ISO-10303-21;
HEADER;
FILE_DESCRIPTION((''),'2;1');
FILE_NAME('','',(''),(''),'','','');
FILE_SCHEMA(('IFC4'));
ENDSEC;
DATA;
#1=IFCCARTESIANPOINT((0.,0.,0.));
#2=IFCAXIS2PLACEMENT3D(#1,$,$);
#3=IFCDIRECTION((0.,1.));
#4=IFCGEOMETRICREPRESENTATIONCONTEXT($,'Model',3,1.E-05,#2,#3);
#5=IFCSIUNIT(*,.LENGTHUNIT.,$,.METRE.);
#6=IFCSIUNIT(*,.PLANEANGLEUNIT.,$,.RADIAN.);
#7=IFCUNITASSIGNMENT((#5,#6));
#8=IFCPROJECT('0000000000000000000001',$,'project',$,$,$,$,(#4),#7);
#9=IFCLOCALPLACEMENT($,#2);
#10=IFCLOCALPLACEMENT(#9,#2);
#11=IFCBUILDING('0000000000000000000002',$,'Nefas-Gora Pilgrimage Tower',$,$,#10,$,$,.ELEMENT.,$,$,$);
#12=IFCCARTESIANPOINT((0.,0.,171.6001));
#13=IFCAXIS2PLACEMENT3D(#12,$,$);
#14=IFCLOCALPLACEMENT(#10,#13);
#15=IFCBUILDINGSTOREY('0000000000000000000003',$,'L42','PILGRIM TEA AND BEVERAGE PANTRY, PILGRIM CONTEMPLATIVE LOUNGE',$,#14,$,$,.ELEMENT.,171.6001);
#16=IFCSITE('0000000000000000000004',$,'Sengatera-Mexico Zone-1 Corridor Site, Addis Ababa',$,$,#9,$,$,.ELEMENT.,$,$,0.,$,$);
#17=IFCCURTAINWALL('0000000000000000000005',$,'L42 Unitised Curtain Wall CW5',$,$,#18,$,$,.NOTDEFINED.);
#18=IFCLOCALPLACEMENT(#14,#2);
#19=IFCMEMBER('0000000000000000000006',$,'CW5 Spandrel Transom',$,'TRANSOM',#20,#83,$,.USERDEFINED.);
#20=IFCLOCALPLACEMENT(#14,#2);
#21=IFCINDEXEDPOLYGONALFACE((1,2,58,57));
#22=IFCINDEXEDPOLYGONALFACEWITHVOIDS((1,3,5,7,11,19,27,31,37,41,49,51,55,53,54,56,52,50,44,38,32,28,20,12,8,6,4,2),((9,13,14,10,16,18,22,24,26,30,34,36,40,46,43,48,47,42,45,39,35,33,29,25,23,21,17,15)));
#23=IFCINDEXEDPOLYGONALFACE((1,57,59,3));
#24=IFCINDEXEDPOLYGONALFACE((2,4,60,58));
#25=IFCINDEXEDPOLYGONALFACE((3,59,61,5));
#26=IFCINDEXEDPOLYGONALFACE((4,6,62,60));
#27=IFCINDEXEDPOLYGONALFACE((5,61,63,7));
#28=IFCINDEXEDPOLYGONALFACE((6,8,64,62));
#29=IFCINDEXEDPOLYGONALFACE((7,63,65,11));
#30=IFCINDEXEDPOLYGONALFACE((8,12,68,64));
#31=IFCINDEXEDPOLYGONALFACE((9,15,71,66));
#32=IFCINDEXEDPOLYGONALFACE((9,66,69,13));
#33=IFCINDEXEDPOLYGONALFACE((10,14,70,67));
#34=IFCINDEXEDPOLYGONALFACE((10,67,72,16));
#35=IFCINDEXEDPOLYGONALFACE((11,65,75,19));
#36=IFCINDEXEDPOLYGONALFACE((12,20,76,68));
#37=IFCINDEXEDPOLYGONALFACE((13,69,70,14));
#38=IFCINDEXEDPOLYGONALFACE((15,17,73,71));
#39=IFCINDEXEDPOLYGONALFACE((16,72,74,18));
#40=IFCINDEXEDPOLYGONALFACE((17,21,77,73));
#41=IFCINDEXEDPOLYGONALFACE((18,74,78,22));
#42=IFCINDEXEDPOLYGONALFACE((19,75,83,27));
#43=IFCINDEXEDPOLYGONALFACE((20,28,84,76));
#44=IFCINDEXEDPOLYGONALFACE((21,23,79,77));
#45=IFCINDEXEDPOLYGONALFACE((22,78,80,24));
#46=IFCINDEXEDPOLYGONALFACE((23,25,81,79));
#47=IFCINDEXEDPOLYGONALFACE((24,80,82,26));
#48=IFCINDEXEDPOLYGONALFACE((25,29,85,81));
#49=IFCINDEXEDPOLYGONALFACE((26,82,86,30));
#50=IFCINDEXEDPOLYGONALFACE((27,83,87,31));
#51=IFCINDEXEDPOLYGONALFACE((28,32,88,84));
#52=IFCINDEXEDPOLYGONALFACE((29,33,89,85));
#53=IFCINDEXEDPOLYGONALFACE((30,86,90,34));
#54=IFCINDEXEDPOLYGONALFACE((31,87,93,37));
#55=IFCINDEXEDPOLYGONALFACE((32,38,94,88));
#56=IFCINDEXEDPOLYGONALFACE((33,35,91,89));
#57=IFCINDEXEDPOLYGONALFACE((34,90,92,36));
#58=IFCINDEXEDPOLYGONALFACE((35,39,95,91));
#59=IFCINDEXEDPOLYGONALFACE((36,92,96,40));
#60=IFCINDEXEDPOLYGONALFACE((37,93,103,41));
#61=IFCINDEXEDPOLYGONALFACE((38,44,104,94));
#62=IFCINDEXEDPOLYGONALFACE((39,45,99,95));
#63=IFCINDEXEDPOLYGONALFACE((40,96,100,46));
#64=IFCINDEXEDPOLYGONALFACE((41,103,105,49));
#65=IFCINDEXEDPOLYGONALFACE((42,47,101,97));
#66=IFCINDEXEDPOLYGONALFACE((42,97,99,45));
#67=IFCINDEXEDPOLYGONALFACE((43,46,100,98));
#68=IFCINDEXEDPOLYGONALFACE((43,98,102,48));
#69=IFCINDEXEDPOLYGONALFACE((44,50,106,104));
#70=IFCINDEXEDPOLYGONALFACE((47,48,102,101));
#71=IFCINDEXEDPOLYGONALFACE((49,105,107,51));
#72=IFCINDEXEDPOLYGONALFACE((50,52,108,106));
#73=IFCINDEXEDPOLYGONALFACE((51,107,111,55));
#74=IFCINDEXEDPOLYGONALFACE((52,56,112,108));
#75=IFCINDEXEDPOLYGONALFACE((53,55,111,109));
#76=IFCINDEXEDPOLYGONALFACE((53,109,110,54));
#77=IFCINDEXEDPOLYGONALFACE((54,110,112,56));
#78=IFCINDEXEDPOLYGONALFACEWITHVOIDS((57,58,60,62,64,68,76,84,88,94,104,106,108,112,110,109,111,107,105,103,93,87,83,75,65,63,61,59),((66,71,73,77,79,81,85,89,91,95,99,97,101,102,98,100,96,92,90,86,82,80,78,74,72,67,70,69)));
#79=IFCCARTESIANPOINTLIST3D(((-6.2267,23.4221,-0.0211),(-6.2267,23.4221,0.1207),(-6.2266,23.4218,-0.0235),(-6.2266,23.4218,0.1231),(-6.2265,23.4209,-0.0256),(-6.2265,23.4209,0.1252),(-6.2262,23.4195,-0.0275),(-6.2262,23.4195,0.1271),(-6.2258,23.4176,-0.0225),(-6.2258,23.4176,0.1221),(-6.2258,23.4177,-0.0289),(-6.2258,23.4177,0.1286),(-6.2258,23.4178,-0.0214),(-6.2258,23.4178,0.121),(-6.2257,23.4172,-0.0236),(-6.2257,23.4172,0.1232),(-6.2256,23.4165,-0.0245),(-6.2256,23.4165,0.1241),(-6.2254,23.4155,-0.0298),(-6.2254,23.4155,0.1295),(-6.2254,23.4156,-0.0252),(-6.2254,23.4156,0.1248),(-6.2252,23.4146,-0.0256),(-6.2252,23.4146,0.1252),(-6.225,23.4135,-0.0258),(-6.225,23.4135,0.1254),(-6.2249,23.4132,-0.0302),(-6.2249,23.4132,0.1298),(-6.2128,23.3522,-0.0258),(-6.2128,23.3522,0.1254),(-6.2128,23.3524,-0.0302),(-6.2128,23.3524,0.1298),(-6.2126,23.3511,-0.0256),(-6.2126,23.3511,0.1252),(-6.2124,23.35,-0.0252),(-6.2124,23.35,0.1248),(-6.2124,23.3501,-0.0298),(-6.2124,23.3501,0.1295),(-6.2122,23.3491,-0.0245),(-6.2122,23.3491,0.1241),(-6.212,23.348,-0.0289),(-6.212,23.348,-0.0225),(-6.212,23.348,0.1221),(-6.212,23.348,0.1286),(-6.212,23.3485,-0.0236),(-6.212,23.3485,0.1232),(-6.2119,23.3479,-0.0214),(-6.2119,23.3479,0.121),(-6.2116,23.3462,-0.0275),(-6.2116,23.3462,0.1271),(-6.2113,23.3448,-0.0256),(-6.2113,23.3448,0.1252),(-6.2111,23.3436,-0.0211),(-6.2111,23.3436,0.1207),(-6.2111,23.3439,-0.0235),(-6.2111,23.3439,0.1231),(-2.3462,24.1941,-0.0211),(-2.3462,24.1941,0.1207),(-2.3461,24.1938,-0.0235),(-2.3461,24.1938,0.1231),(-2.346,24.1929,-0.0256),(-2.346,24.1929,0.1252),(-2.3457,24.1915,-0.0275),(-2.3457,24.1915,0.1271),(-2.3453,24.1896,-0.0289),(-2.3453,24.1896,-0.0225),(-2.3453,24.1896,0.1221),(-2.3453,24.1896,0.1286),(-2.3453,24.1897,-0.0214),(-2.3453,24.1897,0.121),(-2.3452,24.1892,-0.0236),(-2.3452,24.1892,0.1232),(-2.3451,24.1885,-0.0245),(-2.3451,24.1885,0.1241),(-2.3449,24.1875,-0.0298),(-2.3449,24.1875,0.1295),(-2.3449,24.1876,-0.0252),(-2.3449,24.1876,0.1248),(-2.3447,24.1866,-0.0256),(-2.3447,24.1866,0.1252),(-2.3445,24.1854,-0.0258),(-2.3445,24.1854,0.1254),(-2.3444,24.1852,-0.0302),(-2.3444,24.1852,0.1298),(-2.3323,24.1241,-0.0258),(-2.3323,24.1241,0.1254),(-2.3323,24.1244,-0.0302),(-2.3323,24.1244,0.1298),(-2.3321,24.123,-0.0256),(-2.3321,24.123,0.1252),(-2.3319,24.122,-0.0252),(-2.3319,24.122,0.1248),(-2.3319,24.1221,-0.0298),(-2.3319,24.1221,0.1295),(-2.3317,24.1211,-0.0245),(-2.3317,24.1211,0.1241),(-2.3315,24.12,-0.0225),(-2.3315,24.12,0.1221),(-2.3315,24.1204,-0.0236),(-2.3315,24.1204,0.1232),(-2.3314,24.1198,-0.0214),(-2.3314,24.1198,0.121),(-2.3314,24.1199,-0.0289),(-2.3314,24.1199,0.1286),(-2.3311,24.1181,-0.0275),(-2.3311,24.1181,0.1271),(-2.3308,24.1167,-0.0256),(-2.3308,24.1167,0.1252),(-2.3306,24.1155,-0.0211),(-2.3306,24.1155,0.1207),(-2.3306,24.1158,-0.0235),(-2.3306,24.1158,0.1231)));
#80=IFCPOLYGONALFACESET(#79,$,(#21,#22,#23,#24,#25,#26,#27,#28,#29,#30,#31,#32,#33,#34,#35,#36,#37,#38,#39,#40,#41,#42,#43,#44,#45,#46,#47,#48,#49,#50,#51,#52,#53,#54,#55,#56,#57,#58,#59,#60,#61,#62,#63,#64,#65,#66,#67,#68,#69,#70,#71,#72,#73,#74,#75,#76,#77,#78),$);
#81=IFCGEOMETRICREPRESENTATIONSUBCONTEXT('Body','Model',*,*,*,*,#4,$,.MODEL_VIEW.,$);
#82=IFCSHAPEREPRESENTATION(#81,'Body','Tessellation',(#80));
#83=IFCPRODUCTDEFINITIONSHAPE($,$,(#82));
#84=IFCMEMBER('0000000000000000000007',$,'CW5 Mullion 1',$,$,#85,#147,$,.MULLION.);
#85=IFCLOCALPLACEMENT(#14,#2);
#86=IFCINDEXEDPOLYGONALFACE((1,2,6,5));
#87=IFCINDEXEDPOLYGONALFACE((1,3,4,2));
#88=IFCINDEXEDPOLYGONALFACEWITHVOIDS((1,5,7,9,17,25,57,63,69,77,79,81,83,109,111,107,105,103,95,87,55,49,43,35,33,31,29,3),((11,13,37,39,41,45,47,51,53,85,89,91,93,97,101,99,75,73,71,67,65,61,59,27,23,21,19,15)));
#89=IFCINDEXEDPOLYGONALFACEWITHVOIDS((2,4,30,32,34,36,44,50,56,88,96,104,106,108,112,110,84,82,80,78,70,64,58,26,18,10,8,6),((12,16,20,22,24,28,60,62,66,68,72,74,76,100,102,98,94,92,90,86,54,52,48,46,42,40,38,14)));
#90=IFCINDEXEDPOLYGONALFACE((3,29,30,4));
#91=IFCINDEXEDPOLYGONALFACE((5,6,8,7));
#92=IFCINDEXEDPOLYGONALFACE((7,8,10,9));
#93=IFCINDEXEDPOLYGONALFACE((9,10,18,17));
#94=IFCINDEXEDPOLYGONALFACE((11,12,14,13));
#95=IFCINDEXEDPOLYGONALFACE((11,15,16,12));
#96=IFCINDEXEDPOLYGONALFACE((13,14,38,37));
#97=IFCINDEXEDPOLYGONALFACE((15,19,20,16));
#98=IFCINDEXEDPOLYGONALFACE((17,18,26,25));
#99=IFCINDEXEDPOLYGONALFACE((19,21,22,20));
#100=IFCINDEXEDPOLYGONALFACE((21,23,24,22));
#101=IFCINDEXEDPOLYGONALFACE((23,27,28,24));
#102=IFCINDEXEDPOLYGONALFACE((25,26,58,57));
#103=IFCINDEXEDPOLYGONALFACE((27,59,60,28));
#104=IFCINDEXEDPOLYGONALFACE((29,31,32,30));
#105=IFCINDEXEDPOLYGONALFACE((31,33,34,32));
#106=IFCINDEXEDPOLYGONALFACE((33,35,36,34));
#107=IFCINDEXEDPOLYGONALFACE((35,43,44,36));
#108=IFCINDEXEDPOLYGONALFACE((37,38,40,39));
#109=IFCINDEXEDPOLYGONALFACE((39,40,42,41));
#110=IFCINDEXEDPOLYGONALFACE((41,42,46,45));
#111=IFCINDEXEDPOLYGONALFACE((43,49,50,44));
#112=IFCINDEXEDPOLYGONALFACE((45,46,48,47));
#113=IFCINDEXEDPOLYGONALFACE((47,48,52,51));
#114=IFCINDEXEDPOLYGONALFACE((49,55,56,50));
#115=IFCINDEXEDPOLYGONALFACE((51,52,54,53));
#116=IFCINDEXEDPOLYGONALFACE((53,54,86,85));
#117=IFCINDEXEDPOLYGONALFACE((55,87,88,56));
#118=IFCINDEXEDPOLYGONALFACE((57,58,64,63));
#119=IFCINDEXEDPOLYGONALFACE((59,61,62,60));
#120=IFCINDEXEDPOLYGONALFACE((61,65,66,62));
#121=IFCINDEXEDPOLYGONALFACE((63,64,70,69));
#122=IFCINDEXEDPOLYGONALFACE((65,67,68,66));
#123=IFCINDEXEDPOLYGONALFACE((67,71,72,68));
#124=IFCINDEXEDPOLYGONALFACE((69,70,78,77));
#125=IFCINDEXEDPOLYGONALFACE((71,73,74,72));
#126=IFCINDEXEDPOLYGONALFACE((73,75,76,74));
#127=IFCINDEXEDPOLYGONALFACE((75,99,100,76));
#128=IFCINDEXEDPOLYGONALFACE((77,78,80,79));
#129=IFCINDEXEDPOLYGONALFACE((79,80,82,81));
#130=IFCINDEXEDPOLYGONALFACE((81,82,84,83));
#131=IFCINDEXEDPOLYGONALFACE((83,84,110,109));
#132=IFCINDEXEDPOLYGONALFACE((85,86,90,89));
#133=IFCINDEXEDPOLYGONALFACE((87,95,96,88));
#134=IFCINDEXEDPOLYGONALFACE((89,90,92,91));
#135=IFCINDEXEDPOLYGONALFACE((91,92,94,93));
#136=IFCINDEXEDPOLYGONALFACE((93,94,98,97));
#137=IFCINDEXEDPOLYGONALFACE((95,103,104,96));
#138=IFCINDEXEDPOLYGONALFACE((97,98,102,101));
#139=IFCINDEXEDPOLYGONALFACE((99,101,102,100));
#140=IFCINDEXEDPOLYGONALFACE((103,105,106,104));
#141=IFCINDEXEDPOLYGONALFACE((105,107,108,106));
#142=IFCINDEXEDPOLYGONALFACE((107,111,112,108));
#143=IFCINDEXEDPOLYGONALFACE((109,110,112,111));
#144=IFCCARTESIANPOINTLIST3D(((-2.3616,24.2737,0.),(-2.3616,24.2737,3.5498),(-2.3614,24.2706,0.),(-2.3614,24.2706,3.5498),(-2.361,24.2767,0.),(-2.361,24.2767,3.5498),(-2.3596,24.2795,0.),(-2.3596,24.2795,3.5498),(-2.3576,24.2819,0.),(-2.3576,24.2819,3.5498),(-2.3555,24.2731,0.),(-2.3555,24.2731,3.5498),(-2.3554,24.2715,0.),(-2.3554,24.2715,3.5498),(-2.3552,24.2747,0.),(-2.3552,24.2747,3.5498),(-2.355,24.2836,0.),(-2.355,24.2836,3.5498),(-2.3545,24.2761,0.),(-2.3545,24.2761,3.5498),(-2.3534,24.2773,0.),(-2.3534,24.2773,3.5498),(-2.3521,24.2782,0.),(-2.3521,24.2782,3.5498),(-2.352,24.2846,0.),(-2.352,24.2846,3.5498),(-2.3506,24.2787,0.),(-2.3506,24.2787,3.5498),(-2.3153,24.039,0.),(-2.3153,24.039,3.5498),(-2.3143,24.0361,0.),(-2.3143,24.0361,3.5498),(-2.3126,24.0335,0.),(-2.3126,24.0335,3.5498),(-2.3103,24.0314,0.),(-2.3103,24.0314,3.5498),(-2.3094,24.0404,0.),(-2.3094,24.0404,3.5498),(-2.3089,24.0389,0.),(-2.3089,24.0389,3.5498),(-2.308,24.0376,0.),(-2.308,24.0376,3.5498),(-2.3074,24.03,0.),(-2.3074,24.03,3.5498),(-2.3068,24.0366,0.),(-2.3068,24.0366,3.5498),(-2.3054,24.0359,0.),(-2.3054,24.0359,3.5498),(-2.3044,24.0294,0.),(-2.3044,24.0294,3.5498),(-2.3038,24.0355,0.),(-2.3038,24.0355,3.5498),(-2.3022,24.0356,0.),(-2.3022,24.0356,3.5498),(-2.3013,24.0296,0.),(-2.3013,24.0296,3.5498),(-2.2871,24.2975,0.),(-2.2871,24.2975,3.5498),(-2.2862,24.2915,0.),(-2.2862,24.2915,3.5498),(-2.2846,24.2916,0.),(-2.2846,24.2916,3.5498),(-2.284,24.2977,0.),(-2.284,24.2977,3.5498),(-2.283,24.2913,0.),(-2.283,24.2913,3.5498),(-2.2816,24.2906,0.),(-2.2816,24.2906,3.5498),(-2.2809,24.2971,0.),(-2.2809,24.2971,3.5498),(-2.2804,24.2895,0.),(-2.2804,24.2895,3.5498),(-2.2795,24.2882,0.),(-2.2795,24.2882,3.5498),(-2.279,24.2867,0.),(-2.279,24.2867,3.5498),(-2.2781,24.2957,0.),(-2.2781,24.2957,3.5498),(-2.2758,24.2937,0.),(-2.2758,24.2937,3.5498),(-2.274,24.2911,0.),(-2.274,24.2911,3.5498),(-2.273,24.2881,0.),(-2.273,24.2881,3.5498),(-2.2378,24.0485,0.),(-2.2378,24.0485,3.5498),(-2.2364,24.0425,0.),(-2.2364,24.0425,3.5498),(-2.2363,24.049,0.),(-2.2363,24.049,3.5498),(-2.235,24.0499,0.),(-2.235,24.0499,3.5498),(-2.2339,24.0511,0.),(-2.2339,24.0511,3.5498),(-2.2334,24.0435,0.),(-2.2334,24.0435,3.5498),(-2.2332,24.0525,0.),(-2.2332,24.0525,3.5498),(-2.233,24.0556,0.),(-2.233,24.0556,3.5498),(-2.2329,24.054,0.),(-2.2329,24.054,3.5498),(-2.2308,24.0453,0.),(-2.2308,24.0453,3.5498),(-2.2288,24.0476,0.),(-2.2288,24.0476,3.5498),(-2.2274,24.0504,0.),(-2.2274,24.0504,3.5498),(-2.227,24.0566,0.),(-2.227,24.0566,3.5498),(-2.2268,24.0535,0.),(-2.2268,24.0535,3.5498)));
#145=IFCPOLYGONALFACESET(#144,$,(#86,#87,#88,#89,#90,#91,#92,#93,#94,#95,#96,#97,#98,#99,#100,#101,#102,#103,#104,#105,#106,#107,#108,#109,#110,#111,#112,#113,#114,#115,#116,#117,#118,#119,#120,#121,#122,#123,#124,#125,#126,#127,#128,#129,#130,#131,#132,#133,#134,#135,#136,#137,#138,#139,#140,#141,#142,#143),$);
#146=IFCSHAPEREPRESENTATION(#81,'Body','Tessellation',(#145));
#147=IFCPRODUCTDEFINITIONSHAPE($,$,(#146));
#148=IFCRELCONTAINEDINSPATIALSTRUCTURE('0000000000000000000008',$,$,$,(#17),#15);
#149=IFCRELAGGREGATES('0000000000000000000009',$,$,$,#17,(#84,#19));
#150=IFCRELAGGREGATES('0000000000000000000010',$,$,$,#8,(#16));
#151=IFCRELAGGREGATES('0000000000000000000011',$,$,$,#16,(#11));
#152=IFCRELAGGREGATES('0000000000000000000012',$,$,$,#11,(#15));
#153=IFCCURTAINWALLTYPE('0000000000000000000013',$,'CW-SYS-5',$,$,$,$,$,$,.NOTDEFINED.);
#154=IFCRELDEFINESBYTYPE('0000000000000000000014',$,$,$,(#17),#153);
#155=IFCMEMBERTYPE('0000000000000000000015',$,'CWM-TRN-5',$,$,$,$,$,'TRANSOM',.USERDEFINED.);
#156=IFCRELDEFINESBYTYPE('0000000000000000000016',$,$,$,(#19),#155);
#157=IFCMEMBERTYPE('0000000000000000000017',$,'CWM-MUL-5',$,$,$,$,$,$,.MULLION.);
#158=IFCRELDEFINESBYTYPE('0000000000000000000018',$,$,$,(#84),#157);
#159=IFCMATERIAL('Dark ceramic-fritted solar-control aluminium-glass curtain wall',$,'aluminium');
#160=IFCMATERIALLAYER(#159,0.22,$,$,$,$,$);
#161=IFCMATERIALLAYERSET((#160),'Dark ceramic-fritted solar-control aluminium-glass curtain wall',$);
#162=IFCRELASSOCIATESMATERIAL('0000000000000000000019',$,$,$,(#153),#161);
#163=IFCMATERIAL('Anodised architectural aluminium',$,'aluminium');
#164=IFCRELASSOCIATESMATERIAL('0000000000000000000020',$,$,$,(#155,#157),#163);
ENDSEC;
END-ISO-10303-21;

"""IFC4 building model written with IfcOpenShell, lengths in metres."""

from ifc_helpers import new_model, si_unit, direction, frame, origin, origin_2d, place, context, subcontext, project, spatial, hollow_rectangle, extrude, source, transform, mapped, material, layer, layer_set, material_profile, profile_set, type_object, element, aggregate, save


model = new_model("IFC4")

# Units and contexts
model_context = context("Model", 3, precision=1e-05, world=origin(), true_north=direction((0.0, 1.0)))
body_context = subcontext(model_context, "Body", "Model", "MODEL_VIEW")
ifc_project = project(units=[si_unit("LENGTHUNIT", "METRE"), si_unit("PLANEANGLEUNIT", "RADIAN")], contexts=[model_context])

# Site, building, storey
site_placement = place(None, origin())
site = spatial("IfcSite", under=ifc_project, at=site_placement, Name="Sengatera-Mexico Zone-1 Corridor Site, Addis Ababa", CompositionType="ELEMENT", RefElevation=0.0)
building_placement = place(site_placement, origin())
building = spatial("IfcBuilding", under=site, at=building_placement, Name="Nefas-Gora Pilgrimage Tower", CompositionType="ELEMENT")
storey_placement = place(building_placement, frame((0.0, 0.0, 171.6001)))
storey = spatial("IfcBuildingStorey", under=building, at=storey_placement, Name="L42", Description="PILGRIM TEA AND BEVERAGE PANTRY, PILGRIM CONTEMPLATIVE LOUNGE", CompositionType="ELEMENT", Elevation=171.6001)

# Shared definitions
ifc_material_1 = material(Name="Dark ceramic-fritted solar-control aluminium-glass curtain wall", Category="aluminium")
ifc_layer_1 = layer(ifc_material_1, 0.22)
ifc_layer_set_1 = layer_set([ifc_layer_1], Name="Dark ceramic-fritted solar-control aluminium-glass curtain wall")
curtain_wall_type = type_object("IfcCurtainWallType", Name="CW-SYS-5", PredefinedType="NOTDEFINED", material=ifc_layer_set_1)
ifc_material_2 = material(Name="Anodised architectural aluminium", Category="aluminium")
ifc_material_profile_1 = material_profile(ifc_material_2, hollow_rectangle(XDim=0.0801, YDim=0.1599, WallThickness=0.0044, InnerFilletRadius=0.0044, OuterFilletRadius=0.009, at=origin_2d()), Name="ALU TRANSOM 80x160")
ifc_profile_set_1 = profile_set([ifc_material_profile_1], Name="Anodised architectural aluminium")
member_type_1 = type_object("IfcMemberType", Name="CWM-TRN-5", ElementType="TRANSOM", PredefinedType="USERDEFINED", material=ifc_profile_set_1)

# Curtain wall, members
curtain_wall_1_placement = place(storey_placement, origin())
curtain_wall_1 = element("IfcCurtainWall", 1, at=curtain_wall_1_placement, inside=storey, type_object=curtain_wall_type, Name="L42 Unitised Curtain Wall CW5", PredefinedType="NOTDEFINED")
shared_shape_1 = source(origin(), body_context, "Body", "SweptSolid", [
    extrude(hollow_rectangle(XDim=0.0801, YDim=0.1599, WallThickness=0.0044, InnerFilletRadius=0.0044, OuterFilletRadius=0.009, at=origin_2d()), origin(), (0.0, 0.0, 1.0), 3.9565),
])
member_1_placement = place(storey_placement, frame((-2.3384, 24.1548, 0.0498), z_axis=(-0.980782, -0.195107, 0.0), x_axis=(0.195107, -0.980782, 0.0)))
member_1 = element("IfcMember", 2, at=member_1_placement, type_object=member_type_1, Name="CW5 Spandrel Transom", ObjectType="TRANSOM", PredefinedType="USERDEFINED", context=body_context, shape_type="MappedRepresentation", body=[
    mapped(shared_shape_1, transform((0.0, 0.0, 0.0), x_axis=(1.0, 0.0, 0.0), y_axis=(0.0, 1.0, 0.0), z_axis=(0.0, 0.0, 1.0), scale=1.0)),
])
ifc_material_profile_2 = material_profile(ifc_material_2, hollow_rectangle(XDim=0.0901, YDim=0.26, WallThickness=0.0061, InnerFilletRadius=0.0061, OuterFilletRadius=0.012, at=origin_2d()), Name="ALU MULLION 90x260")
ifc_profile_set_2 = profile_set([ifc_material_profile_2], Name="Anodised architectural aluminium")
member_type_2 = type_object("IfcMemberType", Name="CWM-MUL-5", PredefinedType="MULLION", material=ifc_profile_set_2)
shared_shape_2 = source(origin(), body_context, "Body", "SweptSolid", [
    extrude(hollow_rectangle(XDim=0.0901, YDim=0.26, WallThickness=0.0061, InnerFilletRadius=0.0061, OuterFilletRadius=0.012, at=origin_2d()), origin(), (0.0, 0.0, 1.0), 3.5498),
])
member_2_placement = place(storey_placement, frame((-2.2942, 24.1636, 0.0), z_axis=(0.0, 0.0, 1.0), x_axis=(-0.980783, -0.195102, 0.0)))
member_2 = element("IfcMember", 3, at=member_2_placement, type_object=member_type_2, Name="CW5 Mullion 1", PredefinedType="MULLION", context=body_context, shape_type="MappedRepresentation", body=[
    mapped(shared_shape_2, transform((0.0, 0.0, 0.0), x_axis=(1.0, 0.0, 0.0), y_axis=(0.0, 1.0, 0.0), z_axis=(0.0, 0.0, 1.0), scale=1.0)),
])

aggregate(curtain_wall_1, [member_2, member_1])

save(model, "model.ifc")
